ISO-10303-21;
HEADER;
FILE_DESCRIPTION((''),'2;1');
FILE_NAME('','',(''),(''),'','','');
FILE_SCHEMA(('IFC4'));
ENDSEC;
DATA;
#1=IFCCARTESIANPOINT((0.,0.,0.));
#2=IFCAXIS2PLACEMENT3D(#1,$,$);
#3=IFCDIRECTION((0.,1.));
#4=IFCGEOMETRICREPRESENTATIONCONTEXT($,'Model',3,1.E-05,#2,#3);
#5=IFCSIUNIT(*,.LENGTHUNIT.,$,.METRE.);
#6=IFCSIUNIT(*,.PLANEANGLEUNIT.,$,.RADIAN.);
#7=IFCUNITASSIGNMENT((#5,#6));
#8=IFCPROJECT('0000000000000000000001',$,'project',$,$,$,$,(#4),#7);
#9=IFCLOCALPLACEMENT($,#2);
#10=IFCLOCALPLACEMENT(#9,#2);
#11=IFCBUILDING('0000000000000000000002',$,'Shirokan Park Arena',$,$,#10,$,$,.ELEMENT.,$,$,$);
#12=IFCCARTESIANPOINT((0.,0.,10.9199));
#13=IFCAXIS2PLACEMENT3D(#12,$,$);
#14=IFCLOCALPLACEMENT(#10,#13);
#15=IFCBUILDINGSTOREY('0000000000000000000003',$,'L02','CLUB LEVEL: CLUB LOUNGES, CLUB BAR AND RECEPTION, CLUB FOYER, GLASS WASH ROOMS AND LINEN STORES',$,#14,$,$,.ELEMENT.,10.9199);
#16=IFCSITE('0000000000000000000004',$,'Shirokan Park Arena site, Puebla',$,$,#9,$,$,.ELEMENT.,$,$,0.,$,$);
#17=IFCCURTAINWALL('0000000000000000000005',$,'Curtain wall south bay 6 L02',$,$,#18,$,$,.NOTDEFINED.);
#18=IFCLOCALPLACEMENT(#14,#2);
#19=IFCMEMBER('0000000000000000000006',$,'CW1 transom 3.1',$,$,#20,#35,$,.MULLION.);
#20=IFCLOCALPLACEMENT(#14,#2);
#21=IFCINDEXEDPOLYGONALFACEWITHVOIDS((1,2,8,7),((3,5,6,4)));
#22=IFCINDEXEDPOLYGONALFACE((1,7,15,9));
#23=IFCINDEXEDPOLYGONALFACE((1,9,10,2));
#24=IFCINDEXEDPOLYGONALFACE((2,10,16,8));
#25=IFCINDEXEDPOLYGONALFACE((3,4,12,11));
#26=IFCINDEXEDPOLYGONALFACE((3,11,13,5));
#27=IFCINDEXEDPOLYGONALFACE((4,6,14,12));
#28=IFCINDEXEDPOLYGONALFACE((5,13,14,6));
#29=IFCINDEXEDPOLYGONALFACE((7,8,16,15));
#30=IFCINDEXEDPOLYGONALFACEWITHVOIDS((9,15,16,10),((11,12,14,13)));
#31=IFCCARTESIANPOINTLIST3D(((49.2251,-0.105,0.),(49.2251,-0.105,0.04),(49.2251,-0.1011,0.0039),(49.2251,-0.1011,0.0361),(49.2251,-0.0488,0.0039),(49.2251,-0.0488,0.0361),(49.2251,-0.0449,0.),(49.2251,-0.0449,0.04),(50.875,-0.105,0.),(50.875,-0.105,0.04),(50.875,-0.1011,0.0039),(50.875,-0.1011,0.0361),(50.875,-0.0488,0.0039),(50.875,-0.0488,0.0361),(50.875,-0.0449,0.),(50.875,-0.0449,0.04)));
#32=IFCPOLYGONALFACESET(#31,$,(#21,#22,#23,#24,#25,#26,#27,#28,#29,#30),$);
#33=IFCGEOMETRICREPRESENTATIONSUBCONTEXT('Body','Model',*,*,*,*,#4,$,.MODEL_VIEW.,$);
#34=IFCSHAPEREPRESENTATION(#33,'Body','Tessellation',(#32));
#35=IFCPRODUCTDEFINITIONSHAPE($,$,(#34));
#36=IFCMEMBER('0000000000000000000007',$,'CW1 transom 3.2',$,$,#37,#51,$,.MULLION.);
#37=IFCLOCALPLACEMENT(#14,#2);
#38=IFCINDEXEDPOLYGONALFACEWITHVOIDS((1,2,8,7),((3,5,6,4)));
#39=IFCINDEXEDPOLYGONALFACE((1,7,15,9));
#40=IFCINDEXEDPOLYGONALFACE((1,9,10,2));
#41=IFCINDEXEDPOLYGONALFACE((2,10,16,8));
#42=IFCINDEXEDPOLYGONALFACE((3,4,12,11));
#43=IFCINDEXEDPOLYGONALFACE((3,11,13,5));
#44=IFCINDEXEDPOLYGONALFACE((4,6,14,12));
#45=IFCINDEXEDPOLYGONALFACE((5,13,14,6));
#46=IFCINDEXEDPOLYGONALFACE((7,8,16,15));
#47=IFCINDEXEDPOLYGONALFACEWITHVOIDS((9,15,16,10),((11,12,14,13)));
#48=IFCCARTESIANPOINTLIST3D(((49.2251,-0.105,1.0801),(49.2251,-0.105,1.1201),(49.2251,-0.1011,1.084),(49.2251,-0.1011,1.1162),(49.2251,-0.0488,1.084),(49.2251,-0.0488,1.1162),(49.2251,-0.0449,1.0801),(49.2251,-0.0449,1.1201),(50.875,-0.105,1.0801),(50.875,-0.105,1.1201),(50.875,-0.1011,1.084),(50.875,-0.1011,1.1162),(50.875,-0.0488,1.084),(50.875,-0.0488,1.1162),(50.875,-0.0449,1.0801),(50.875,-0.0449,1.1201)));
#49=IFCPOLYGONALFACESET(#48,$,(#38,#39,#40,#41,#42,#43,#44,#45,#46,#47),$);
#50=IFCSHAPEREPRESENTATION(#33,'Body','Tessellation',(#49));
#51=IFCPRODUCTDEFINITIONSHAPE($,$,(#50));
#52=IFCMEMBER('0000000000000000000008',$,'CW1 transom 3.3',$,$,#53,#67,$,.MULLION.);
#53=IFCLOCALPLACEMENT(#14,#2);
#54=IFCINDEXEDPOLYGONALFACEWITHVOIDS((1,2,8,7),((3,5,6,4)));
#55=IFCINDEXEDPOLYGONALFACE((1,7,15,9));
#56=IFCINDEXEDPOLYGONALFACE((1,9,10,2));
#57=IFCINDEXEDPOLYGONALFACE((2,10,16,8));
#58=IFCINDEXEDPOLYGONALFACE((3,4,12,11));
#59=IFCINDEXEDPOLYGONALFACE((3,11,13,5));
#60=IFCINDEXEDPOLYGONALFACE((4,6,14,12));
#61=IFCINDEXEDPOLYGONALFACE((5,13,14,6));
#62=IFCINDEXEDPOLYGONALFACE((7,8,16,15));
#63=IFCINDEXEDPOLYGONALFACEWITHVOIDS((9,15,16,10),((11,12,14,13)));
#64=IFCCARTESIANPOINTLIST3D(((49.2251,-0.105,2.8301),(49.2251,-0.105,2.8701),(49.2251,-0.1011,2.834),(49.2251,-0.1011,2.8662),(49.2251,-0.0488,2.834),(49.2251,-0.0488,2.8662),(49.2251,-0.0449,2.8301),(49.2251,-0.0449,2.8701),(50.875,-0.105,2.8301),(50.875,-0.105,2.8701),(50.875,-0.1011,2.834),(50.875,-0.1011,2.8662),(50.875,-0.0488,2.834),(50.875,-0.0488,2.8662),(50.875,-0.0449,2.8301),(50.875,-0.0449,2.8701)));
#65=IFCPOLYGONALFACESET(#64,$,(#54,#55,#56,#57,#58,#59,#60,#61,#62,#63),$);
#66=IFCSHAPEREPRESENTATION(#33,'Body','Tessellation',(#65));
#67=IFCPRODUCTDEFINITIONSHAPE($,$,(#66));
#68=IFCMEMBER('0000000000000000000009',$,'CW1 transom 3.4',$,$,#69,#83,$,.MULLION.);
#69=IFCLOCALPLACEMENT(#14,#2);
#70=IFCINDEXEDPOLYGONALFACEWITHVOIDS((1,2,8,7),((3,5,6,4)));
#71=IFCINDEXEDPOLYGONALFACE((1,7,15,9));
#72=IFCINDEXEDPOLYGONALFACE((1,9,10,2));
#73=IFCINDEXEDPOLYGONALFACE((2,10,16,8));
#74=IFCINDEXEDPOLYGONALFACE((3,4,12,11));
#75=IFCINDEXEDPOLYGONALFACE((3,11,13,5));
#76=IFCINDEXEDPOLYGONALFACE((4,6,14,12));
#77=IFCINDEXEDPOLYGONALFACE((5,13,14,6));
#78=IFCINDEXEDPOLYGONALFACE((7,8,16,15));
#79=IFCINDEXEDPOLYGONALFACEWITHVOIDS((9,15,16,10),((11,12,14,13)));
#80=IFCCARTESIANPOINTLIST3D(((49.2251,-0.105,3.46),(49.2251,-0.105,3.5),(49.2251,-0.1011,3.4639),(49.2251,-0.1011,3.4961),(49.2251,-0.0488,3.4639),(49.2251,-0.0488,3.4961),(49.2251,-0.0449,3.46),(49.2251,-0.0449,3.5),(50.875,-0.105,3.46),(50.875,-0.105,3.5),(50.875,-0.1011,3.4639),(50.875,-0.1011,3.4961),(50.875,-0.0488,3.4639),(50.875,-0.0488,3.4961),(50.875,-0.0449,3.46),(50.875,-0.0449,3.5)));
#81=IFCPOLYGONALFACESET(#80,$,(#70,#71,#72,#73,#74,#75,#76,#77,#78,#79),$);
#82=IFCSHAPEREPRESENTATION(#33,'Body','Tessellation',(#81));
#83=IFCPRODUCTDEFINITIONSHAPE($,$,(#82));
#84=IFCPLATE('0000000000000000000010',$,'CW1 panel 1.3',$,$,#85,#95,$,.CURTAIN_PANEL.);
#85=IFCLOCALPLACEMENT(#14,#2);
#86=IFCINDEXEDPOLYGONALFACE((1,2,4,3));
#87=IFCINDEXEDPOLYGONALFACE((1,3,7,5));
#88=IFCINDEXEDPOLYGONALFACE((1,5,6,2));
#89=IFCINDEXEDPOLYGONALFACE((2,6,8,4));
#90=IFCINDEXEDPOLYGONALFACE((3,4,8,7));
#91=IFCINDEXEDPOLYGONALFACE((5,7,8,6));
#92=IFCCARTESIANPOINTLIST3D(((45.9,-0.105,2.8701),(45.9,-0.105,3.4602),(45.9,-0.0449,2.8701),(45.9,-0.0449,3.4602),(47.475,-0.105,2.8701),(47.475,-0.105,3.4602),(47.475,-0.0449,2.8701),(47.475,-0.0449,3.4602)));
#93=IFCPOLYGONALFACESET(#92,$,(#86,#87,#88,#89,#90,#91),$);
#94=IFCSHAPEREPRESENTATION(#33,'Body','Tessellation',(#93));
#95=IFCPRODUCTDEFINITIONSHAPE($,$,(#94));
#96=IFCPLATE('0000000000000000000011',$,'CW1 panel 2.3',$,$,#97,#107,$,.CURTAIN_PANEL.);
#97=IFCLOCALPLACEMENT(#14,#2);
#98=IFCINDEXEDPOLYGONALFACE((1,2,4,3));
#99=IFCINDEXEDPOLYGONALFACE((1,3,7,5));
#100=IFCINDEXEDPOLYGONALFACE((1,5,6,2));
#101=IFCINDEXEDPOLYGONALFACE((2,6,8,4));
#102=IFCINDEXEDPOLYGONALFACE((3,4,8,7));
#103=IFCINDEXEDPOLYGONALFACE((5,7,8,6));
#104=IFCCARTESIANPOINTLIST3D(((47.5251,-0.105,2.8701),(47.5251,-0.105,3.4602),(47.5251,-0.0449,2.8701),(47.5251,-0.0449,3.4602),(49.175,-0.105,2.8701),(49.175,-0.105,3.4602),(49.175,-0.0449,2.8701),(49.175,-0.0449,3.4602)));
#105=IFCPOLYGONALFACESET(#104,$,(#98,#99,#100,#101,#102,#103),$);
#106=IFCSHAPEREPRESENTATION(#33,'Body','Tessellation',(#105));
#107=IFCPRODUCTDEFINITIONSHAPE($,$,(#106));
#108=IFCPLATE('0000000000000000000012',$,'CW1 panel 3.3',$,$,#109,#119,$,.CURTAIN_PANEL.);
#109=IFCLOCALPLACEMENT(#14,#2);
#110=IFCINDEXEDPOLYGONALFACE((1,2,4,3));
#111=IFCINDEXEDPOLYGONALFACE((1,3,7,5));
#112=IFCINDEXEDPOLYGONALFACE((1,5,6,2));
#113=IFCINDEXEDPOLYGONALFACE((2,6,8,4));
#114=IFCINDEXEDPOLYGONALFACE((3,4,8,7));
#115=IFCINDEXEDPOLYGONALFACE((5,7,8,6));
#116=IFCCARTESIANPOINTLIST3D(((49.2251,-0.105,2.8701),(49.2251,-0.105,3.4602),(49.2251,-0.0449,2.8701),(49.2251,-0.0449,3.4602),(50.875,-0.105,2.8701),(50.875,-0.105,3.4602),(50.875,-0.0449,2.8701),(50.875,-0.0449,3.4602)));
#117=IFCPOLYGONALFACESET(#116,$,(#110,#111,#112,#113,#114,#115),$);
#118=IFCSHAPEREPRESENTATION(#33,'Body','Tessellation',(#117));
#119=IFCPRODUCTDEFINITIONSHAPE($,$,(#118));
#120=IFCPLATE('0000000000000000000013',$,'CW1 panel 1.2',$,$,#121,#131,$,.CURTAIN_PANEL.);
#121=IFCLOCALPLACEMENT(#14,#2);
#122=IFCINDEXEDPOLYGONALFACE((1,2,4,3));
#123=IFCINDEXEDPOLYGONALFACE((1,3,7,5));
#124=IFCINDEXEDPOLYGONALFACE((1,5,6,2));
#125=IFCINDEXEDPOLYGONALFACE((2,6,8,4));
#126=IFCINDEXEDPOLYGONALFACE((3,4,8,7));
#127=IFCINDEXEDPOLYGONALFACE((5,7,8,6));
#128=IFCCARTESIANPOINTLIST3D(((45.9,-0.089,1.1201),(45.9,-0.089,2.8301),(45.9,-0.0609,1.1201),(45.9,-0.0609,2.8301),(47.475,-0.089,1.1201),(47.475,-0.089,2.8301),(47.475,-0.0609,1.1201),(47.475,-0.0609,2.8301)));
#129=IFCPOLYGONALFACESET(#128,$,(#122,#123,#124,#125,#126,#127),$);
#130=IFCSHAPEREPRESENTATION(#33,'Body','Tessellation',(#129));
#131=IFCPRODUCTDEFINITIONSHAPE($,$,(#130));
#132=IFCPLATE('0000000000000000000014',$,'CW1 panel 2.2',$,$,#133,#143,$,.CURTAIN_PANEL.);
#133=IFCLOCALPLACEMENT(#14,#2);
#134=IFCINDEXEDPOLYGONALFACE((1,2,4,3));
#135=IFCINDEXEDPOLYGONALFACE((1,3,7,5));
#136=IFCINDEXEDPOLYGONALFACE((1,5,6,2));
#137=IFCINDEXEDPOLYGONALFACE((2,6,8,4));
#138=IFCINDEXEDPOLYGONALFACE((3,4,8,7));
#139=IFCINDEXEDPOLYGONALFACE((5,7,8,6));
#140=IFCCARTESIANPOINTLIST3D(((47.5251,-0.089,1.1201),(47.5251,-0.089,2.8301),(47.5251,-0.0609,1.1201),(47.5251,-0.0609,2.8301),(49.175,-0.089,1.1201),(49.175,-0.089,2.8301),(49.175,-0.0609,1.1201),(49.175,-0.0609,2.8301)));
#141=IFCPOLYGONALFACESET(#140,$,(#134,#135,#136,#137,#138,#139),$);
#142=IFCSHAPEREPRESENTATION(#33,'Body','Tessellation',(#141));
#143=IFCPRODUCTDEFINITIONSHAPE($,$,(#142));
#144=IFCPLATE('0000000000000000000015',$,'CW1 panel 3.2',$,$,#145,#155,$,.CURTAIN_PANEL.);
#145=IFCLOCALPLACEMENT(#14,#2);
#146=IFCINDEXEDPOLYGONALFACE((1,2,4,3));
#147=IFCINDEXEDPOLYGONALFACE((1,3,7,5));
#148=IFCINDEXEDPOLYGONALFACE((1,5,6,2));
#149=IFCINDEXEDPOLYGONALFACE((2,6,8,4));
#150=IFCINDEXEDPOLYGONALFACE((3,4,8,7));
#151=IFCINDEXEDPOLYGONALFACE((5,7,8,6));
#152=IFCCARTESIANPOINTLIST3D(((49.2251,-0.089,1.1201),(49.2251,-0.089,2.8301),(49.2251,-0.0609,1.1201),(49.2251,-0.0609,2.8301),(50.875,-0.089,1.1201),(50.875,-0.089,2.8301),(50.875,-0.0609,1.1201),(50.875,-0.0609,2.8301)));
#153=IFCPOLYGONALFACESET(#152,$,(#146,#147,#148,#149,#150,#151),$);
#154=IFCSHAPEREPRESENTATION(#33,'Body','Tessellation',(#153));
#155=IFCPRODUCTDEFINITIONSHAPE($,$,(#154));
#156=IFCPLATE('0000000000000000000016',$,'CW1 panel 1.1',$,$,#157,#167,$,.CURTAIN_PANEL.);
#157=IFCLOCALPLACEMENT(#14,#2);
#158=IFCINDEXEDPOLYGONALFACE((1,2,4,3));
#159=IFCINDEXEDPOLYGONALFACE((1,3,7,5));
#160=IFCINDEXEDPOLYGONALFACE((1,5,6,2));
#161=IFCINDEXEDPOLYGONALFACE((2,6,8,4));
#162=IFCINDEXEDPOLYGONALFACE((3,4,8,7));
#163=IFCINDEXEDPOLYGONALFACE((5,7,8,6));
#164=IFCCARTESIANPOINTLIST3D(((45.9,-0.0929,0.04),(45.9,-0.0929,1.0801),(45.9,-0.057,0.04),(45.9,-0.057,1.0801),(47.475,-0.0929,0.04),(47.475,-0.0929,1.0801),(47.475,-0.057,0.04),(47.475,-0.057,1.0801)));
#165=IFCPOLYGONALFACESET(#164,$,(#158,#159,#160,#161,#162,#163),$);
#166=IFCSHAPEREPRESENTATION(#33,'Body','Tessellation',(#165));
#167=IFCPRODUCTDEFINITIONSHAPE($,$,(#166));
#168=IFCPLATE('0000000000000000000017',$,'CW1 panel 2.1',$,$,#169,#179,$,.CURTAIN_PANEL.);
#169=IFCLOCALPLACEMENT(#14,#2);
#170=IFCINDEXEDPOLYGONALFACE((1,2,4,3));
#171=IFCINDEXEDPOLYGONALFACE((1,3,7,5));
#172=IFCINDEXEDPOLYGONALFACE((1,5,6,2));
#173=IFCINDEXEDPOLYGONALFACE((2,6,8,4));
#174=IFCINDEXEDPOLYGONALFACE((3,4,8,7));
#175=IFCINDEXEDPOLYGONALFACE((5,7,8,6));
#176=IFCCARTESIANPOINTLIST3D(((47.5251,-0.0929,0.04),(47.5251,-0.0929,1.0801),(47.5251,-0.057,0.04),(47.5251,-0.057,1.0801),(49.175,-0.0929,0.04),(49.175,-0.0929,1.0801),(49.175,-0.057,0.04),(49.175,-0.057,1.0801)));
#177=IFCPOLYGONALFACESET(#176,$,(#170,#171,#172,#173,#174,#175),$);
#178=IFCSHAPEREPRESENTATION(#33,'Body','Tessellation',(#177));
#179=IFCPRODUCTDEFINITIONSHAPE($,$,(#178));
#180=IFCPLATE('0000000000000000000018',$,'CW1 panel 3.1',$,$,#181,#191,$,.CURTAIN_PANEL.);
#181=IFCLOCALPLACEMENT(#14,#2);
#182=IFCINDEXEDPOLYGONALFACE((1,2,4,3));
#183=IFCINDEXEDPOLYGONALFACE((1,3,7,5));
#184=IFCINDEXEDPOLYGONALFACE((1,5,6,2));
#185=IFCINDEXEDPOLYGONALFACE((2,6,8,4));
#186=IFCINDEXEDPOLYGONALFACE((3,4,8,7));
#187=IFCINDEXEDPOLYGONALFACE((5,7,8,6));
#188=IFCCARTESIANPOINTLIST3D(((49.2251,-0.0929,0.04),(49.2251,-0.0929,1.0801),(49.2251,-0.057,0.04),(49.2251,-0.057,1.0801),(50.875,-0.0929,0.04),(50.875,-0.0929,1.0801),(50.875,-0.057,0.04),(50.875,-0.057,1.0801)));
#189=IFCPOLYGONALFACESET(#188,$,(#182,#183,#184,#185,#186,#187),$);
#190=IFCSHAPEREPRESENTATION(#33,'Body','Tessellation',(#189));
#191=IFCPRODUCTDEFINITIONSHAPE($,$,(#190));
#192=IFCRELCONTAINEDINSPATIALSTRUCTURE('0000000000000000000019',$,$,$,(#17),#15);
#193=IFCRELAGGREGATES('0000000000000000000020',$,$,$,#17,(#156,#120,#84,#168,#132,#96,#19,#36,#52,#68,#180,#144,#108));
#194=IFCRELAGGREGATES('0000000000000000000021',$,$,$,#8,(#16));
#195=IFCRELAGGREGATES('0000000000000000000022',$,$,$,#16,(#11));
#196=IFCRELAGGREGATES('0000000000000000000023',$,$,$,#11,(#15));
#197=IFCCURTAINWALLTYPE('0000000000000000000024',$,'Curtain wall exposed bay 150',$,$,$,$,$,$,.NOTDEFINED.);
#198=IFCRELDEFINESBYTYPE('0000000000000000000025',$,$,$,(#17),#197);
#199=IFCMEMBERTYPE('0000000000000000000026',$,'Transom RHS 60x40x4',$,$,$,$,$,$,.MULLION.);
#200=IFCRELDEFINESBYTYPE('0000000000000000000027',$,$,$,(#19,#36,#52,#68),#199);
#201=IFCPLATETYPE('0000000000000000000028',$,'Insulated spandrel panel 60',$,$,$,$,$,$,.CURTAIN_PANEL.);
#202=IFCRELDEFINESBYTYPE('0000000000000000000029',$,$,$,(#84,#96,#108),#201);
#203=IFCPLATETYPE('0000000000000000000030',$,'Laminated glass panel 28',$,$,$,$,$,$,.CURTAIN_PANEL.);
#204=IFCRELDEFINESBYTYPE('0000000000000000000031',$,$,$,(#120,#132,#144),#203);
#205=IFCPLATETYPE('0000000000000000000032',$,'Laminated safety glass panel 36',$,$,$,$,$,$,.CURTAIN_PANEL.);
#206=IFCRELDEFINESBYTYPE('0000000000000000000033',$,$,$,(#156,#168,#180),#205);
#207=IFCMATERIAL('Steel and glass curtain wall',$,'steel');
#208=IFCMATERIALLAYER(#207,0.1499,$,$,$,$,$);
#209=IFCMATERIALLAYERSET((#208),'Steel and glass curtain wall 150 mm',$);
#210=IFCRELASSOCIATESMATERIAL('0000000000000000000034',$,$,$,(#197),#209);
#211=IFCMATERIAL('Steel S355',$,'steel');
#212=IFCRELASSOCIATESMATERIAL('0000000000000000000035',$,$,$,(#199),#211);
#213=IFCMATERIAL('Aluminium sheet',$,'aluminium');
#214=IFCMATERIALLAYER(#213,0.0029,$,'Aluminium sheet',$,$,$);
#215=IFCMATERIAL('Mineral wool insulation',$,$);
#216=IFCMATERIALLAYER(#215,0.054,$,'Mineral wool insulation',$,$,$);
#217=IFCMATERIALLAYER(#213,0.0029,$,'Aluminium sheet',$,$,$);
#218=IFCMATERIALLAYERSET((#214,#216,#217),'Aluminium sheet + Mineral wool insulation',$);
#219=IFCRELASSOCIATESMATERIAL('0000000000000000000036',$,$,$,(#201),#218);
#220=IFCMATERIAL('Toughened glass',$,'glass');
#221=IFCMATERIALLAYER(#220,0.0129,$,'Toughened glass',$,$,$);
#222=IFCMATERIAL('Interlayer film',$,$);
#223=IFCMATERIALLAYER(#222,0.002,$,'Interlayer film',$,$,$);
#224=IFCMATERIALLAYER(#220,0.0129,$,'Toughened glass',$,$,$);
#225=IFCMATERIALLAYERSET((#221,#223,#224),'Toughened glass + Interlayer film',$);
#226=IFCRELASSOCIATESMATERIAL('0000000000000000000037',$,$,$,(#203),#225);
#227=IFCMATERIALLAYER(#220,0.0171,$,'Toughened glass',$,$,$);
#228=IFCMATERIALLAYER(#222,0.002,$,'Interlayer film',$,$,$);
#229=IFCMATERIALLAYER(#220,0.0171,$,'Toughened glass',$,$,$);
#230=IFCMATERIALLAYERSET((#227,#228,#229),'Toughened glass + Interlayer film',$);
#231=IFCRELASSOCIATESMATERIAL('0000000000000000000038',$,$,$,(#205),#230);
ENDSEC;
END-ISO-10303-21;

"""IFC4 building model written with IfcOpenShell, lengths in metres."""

from ifc_helpers import new_model, si_unit, direction, frame, origin, origin_2d, place, context, subcontext, project, spatial, rectangle, hollow_rectangle, extrude, material, layer, layer_set, material_profile, profile_set, type_object, element, aggregate, save


model = new_model("IFC4")

# Units and contexts
model_context = context("Model", 3, precision=1e-05, world=origin(), true_north=direction((0.0, 1.0)))
body_context = subcontext(model_context, "Body", "Model", "MODEL_VIEW")
ifc_project = project(units=[si_unit("LENGTHUNIT", "METRE"), si_unit("PLANEANGLEUNIT", "RADIAN")], contexts=[model_context])

# Site, building, storey
site_placement = place(None, origin())
site = spatial("IfcSite", under=ifc_project, at=site_placement, Name="Shirokan Park Arena site, Puebla", CompositionType="ELEMENT", RefElevation=0.0)
building_placement = place(site_placement, origin())
building = spatial("IfcBuilding", under=site, at=building_placement, Name="Shirokan Park Arena", CompositionType="ELEMENT")
storey_placement = place(building_placement, frame((0.0, 0.0, 10.9199)))
storey = spatial("IfcBuildingStorey", under=building, at=storey_placement, Name="L02", Description="CLUB LEVEL: CLUB LOUNGES, CLUB BAR AND RECEPTION, CLUB FOYER, GLASS WASH ROOMS AND LINEN STORES", CompositionType="ELEMENT", Elevation=10.9199)

# Curtain wall, members, plates
ifc_material_1 = material(Name="Steel and glass curtain wall", Category="steel")
ifc_layer_1 = layer(ifc_material_1, 0.1499)
ifc_layer_set_1 = layer_set([ifc_layer_1], Name="Steel and glass curtain wall 150 mm")
curtain_wall_type = type_object("IfcCurtainWallType", Name="Curtain wall exposed bay 150", PredefinedType="NOTDEFINED", material=ifc_layer_set_1)
curtain_wall_placement = place(storey_placement, origin())
curtain_wall = element("IfcCurtainWall", 1, at=curtain_wall_placement, inside=storey, type_object=curtain_wall_type, Name="Curtain wall south bay 6 L02", PredefinedType="NOTDEFINED")
ifc_material_2 = material(Name="Steel S355", Category="steel")
ifc_material_profile_1 = material_profile(ifc_material_2, hollow_rectangle(XDim=0.0601, YDim=0.04, WallThickness=0.0039, at=origin_2d()), Name="RHS 60x40x4")
ifc_profile_set_1 = profile_set([ifc_material_profile_1], Name="Steel S355")
member_type_1 = type_object("IfcMemberType", Name="Transom RHS 60x40x4", PredefinedType="MULLION", material=ifc_profile_set_1)
member_1_placement = place(storey_placement, frame((49.2251, -0.075, 0.02), z_axis=(1.0, 0.0, 0.0), x_axis=(0.0, 1.0, 0.0)))
member_1 = element("IfcMember", 2, at=member_1_placement, type_object=member_type_1, Name="CW1 transom 3.1", PredefinedType="MULLION", context=body_context, shape_type="SweptSolid", body=[
    extrude(hollow_rectangle(XDim=0.0601, YDim=0.04, WallThickness=0.0039, at=origin_2d()), origin(), (0.0, 0.0, 1.0), 1.6499),
])
member_2_placement = place(storey_placement, frame((49.2251, -0.075, 1.1001), z_axis=(1.0, 0.0, 0.0), x_axis=(0.0, 1.0, 0.0)))
member_2 = element("IfcMember", 3, at=member_2_placement, type_object=member_type_1, Name="CW1 transom 3.2", PredefinedType="MULLION", context=body_context, shape_type="SweptSolid", body=[
    extrude(hollow_rectangle(XDim=0.0601, YDim=0.04, WallThickness=0.0039, at=origin_2d()), origin(), (0.0, 0.0, 1.0), 1.6499),
])
member_3_placement = place(storey_placement, frame((49.2251, -0.075, 2.8501), z_axis=(1.0, 0.0, 0.0), x_axis=(0.0, 1.0, 0.0)))
member_3 = element("IfcMember", 4, at=member_3_placement, type_object=member_type_1, Name="CW1 transom 3.3", PredefinedType="MULLION", context=body_context, shape_type="SweptSolid", body=[
    extrude(hollow_rectangle(XDim=0.0601, YDim=0.04, WallThickness=0.0039, at=origin_2d()), origin(), (0.0, 0.0, 1.0), 1.6499),
])
member_4_placement = place(storey_placement, frame((49.2251, -0.075, 3.48), z_axis=(1.0, 0.0, 0.0), x_axis=(0.0, 1.0, 0.0)))
member_4 = element("IfcMember", 5, at=member_4_placement, type_object=member_type_1, Name="CW1 transom 3.4", PredefinedType="MULLION", context=body_context, shape_type="SweptSolid", body=[
    extrude(hollow_rectangle(XDim=0.0601, YDim=0.04, WallThickness=0.0039, at=origin_2d()), origin(), (0.0, 0.0, 1.0), 1.6499),
])
ifc_material_3 = material(Name="Aluminium sheet", Category="aluminium")
ifc_layer_2 = layer(ifc_material_3, 0.0029, Name="Aluminium sheet")
ifc_material_4 = material(Name="Mineral wool insulation")
ifc_layer_3 = layer(ifc_material_4, 0.054, Name="Mineral wool insulation")
ifc_layer_4 = layer(ifc_material_3, 0.0029, Name="Aluminium sheet")
ifc_layer_set_2 = layer_set([ifc_layer_2, ifc_layer_3, ifc_layer_4], Name="Aluminium sheet + Mineral wool insulation")
plate_type_1 = type_object("IfcPlateType", Name="Insulated spandrel panel 60", PredefinedType="CURTAIN_PANEL", material=ifc_layer_set_2)
plate_1_placement = place(storey_placement, frame((46.6875, -0.075, 2.8701), z_axis=(0.0, 0.0, 1.0), x_axis=(1.0, 0.0, 0.0)))
plate_1 = element("IfcPlate", 6, at=plate_1_placement, type_object=plate_type_1, Name="CW1 panel 1.3", PredefinedType="CURTAIN_PANEL", context=body_context, shape_type="SweptSolid", body=[
    extrude(rectangle(XDim=1.575, YDim=0.0601, at=origin_2d()), origin(), (0.0, 0.0, 1.0), 0.5901),
])
plate_2_placement = place(storey_placement, frame((48.3501, -0.075, 2.8701), z_axis=(0.0, 0.0, 1.0), x_axis=(1.0, 0.0, 0.0)))
plate_2 = element("IfcPlate", 7, at=plate_2_placement, type_object=plate_type_1, Name="CW1 panel 2.3", PredefinedType="CURTAIN_PANEL", context=body_context, shape_type="SweptSolid", body=[
    extrude(rectangle(XDim=1.6499, YDim=0.0601, at=origin_2d()), origin(), (0.0, 0.0, 1.0), 0.5901),
])
plate_3_placement = place(storey_placement, frame((50.05, -0.075, 2.8701), z_axis=(0.0, 0.0, 1.0), x_axis=(1.0, 0.0, 0.0)))
plate_3 = element("IfcPlate", 8, at=plate_3_placement, type_object=plate_type_1, Name="CW1 panel 3.3", PredefinedType="CURTAIN_PANEL", context=body_context, shape_type="SweptSolid", body=[
    extrude(rectangle(XDim=1.6499, YDim=0.0601, at=origin_2d()), origin(), (0.0, 0.0, 1.0), 0.5901),
])
ifc_material_5 = material(Name="Toughened glass", Category="glass")
ifc_layer_5 = layer(ifc_material_5, 0.0129, Name="Toughened glass")
ifc_material_6 = material(Name="Interlayer film")
ifc_layer_6 = layer(ifc_material_6, 0.002, Name="Interlayer film")
ifc_layer_7 = layer(ifc_material_5, 0.0129, Name="Toughened glass")
ifc_layer_set_3 = layer_set([ifc_layer_5, ifc_layer_6, ifc_layer_7], Name="Toughened glass + Interlayer film")
plate_type_2 = type_object("IfcPlateType", Name="Laminated glass panel 28", PredefinedType="CURTAIN_PANEL", material=ifc_layer_set_3)
plate_4_placement = place(storey_placement, frame((46.6875, -0.075, 1.1201), z_axis=(0.0, 0.0, 1.0), x_axis=(1.0, 0.0, 0.0)))
plate_4 = element("IfcPlate", 9, at=plate_4_placement, type_object=plate_type_2, Name="CW1 panel 1.2", PredefinedType="CURTAIN_PANEL", context=body_context, shape_type="SweptSolid", body=[
    extrude(rectangle(XDim=1.575, YDim=0.0281, at=origin_2d()), origin(), (0.0, 0.0, 1.0), 1.71),
])
plate_5_placement = place(storey_placement, frame((48.3501, -0.075, 1.1201), z_axis=(0.0, 0.0, 1.0), x_axis=(1.0, 0.0, 0.0)))
plate_5 = element("IfcPlate", 10, at=plate_5_placement, type_object=plate_type_2, Name="CW1 panel 2.2", PredefinedType="CURTAIN_PANEL", context=body_context, shape_type="SweptSolid", body=[
    extrude(rectangle(XDim=1.6499, YDim=0.0281, at=origin_2d()), origin(), (0.0, 0.0, 1.0), 1.71),
])
plate_6_placement = place(storey_placement, frame((50.05, -0.075, 1.1201), z_axis=(0.0, 0.0, 1.0), x_axis=(1.0, 0.0, 0.0)))
plate_6 = element("IfcPlate", 11, at=plate_6_placement, type_object=plate_type_2, Name="CW1 panel 3.2", PredefinedType="CURTAIN_PANEL", context=body_context, shape_type="SweptSolid", body=[
    extrude(rectangle(XDim=1.6499, YDim=0.0281, at=origin_2d()), origin(), (0.0, 0.0, 1.0), 1.71),
])
ifc_layer_8 = layer(ifc_material_5, 0.0171, Name="Toughened glass")
ifc_layer_9 = layer(ifc_material_6, 0.002, Name="Interlayer film")
ifc_layer_10 = layer(ifc_material_5, 0.0171, Name="Toughened glass")
ifc_layer_set_4 = layer_set([ifc_layer_8, ifc_layer_9, ifc_layer_10], Name="Toughened glass + Interlayer film")
plate_type_3 = type_object("IfcPlateType", Name="Laminated safety glass panel 36", PredefinedType="CURTAIN_PANEL", material=ifc_layer_set_4)
plate_7_placement = place(storey_placement, frame((46.6875, -0.075, 0.04), z_axis=(0.0, 0.0, 1.0), x_axis=(1.0, 0.0, 0.0)))
plate_7 = element("IfcPlate", 12, at=plate_7_placement, type_object=plate_type_3, Name="CW1 panel 1.1", PredefinedType="CURTAIN_PANEL", context=body_context, shape_type="SweptSolid", body=[
    extrude(rectangle(XDim=1.575, YDim=0.0359, at=origin_2d()), origin(), (0.0, 0.0, 1.0), 1.04),
])
plate_8_placement = place(storey_placement, frame((48.3501, -0.075, 0.04), z_axis=(0.0, 0.0, 1.0), x_axis=(1.0, 0.0, 0.0)))
plate_8 = element("IfcPlate", 13, at=plate_8_placement, type_object=plate_type_3, Name="CW1 panel 2.1", PredefinedType="CURTAIN_PANEL", context=body_context, shape_type="SweptSolid", body=[
    extrude(rectangle(XDim=1.6499, YDim=0.0359, at=origin_2d()), origin(), (0.0, 0.0, 1.0), 1.04),
])
plate_9_placement = place(storey_placement, frame((50.05, -0.075, 0.04), z_axis=(0.0, 0.0, 1.0), x_axis=(1.0, 0.0, 0.0)))
plate_9 = element("IfcPlate", 14, at=plate_9_placement, type_object=plate_type_3, Name="CW1 panel 3.1", PredefinedType="CURTAIN_PANEL", context=body_context, shape_type="SweptSolid", body=[
    extrude(rectangle(XDim=1.6499, YDim=0.0359, at=origin_2d()), origin(), (0.0, 0.0, 1.0), 1.04),
])
aggregate(curtain_wall, [plate_7, plate_4, plate_1, plate_8, plate_5, plate_2, member_1, member_2, member_3, member_4, plate_9, plate_6, plate_3])

save(model, "model.ifc")
